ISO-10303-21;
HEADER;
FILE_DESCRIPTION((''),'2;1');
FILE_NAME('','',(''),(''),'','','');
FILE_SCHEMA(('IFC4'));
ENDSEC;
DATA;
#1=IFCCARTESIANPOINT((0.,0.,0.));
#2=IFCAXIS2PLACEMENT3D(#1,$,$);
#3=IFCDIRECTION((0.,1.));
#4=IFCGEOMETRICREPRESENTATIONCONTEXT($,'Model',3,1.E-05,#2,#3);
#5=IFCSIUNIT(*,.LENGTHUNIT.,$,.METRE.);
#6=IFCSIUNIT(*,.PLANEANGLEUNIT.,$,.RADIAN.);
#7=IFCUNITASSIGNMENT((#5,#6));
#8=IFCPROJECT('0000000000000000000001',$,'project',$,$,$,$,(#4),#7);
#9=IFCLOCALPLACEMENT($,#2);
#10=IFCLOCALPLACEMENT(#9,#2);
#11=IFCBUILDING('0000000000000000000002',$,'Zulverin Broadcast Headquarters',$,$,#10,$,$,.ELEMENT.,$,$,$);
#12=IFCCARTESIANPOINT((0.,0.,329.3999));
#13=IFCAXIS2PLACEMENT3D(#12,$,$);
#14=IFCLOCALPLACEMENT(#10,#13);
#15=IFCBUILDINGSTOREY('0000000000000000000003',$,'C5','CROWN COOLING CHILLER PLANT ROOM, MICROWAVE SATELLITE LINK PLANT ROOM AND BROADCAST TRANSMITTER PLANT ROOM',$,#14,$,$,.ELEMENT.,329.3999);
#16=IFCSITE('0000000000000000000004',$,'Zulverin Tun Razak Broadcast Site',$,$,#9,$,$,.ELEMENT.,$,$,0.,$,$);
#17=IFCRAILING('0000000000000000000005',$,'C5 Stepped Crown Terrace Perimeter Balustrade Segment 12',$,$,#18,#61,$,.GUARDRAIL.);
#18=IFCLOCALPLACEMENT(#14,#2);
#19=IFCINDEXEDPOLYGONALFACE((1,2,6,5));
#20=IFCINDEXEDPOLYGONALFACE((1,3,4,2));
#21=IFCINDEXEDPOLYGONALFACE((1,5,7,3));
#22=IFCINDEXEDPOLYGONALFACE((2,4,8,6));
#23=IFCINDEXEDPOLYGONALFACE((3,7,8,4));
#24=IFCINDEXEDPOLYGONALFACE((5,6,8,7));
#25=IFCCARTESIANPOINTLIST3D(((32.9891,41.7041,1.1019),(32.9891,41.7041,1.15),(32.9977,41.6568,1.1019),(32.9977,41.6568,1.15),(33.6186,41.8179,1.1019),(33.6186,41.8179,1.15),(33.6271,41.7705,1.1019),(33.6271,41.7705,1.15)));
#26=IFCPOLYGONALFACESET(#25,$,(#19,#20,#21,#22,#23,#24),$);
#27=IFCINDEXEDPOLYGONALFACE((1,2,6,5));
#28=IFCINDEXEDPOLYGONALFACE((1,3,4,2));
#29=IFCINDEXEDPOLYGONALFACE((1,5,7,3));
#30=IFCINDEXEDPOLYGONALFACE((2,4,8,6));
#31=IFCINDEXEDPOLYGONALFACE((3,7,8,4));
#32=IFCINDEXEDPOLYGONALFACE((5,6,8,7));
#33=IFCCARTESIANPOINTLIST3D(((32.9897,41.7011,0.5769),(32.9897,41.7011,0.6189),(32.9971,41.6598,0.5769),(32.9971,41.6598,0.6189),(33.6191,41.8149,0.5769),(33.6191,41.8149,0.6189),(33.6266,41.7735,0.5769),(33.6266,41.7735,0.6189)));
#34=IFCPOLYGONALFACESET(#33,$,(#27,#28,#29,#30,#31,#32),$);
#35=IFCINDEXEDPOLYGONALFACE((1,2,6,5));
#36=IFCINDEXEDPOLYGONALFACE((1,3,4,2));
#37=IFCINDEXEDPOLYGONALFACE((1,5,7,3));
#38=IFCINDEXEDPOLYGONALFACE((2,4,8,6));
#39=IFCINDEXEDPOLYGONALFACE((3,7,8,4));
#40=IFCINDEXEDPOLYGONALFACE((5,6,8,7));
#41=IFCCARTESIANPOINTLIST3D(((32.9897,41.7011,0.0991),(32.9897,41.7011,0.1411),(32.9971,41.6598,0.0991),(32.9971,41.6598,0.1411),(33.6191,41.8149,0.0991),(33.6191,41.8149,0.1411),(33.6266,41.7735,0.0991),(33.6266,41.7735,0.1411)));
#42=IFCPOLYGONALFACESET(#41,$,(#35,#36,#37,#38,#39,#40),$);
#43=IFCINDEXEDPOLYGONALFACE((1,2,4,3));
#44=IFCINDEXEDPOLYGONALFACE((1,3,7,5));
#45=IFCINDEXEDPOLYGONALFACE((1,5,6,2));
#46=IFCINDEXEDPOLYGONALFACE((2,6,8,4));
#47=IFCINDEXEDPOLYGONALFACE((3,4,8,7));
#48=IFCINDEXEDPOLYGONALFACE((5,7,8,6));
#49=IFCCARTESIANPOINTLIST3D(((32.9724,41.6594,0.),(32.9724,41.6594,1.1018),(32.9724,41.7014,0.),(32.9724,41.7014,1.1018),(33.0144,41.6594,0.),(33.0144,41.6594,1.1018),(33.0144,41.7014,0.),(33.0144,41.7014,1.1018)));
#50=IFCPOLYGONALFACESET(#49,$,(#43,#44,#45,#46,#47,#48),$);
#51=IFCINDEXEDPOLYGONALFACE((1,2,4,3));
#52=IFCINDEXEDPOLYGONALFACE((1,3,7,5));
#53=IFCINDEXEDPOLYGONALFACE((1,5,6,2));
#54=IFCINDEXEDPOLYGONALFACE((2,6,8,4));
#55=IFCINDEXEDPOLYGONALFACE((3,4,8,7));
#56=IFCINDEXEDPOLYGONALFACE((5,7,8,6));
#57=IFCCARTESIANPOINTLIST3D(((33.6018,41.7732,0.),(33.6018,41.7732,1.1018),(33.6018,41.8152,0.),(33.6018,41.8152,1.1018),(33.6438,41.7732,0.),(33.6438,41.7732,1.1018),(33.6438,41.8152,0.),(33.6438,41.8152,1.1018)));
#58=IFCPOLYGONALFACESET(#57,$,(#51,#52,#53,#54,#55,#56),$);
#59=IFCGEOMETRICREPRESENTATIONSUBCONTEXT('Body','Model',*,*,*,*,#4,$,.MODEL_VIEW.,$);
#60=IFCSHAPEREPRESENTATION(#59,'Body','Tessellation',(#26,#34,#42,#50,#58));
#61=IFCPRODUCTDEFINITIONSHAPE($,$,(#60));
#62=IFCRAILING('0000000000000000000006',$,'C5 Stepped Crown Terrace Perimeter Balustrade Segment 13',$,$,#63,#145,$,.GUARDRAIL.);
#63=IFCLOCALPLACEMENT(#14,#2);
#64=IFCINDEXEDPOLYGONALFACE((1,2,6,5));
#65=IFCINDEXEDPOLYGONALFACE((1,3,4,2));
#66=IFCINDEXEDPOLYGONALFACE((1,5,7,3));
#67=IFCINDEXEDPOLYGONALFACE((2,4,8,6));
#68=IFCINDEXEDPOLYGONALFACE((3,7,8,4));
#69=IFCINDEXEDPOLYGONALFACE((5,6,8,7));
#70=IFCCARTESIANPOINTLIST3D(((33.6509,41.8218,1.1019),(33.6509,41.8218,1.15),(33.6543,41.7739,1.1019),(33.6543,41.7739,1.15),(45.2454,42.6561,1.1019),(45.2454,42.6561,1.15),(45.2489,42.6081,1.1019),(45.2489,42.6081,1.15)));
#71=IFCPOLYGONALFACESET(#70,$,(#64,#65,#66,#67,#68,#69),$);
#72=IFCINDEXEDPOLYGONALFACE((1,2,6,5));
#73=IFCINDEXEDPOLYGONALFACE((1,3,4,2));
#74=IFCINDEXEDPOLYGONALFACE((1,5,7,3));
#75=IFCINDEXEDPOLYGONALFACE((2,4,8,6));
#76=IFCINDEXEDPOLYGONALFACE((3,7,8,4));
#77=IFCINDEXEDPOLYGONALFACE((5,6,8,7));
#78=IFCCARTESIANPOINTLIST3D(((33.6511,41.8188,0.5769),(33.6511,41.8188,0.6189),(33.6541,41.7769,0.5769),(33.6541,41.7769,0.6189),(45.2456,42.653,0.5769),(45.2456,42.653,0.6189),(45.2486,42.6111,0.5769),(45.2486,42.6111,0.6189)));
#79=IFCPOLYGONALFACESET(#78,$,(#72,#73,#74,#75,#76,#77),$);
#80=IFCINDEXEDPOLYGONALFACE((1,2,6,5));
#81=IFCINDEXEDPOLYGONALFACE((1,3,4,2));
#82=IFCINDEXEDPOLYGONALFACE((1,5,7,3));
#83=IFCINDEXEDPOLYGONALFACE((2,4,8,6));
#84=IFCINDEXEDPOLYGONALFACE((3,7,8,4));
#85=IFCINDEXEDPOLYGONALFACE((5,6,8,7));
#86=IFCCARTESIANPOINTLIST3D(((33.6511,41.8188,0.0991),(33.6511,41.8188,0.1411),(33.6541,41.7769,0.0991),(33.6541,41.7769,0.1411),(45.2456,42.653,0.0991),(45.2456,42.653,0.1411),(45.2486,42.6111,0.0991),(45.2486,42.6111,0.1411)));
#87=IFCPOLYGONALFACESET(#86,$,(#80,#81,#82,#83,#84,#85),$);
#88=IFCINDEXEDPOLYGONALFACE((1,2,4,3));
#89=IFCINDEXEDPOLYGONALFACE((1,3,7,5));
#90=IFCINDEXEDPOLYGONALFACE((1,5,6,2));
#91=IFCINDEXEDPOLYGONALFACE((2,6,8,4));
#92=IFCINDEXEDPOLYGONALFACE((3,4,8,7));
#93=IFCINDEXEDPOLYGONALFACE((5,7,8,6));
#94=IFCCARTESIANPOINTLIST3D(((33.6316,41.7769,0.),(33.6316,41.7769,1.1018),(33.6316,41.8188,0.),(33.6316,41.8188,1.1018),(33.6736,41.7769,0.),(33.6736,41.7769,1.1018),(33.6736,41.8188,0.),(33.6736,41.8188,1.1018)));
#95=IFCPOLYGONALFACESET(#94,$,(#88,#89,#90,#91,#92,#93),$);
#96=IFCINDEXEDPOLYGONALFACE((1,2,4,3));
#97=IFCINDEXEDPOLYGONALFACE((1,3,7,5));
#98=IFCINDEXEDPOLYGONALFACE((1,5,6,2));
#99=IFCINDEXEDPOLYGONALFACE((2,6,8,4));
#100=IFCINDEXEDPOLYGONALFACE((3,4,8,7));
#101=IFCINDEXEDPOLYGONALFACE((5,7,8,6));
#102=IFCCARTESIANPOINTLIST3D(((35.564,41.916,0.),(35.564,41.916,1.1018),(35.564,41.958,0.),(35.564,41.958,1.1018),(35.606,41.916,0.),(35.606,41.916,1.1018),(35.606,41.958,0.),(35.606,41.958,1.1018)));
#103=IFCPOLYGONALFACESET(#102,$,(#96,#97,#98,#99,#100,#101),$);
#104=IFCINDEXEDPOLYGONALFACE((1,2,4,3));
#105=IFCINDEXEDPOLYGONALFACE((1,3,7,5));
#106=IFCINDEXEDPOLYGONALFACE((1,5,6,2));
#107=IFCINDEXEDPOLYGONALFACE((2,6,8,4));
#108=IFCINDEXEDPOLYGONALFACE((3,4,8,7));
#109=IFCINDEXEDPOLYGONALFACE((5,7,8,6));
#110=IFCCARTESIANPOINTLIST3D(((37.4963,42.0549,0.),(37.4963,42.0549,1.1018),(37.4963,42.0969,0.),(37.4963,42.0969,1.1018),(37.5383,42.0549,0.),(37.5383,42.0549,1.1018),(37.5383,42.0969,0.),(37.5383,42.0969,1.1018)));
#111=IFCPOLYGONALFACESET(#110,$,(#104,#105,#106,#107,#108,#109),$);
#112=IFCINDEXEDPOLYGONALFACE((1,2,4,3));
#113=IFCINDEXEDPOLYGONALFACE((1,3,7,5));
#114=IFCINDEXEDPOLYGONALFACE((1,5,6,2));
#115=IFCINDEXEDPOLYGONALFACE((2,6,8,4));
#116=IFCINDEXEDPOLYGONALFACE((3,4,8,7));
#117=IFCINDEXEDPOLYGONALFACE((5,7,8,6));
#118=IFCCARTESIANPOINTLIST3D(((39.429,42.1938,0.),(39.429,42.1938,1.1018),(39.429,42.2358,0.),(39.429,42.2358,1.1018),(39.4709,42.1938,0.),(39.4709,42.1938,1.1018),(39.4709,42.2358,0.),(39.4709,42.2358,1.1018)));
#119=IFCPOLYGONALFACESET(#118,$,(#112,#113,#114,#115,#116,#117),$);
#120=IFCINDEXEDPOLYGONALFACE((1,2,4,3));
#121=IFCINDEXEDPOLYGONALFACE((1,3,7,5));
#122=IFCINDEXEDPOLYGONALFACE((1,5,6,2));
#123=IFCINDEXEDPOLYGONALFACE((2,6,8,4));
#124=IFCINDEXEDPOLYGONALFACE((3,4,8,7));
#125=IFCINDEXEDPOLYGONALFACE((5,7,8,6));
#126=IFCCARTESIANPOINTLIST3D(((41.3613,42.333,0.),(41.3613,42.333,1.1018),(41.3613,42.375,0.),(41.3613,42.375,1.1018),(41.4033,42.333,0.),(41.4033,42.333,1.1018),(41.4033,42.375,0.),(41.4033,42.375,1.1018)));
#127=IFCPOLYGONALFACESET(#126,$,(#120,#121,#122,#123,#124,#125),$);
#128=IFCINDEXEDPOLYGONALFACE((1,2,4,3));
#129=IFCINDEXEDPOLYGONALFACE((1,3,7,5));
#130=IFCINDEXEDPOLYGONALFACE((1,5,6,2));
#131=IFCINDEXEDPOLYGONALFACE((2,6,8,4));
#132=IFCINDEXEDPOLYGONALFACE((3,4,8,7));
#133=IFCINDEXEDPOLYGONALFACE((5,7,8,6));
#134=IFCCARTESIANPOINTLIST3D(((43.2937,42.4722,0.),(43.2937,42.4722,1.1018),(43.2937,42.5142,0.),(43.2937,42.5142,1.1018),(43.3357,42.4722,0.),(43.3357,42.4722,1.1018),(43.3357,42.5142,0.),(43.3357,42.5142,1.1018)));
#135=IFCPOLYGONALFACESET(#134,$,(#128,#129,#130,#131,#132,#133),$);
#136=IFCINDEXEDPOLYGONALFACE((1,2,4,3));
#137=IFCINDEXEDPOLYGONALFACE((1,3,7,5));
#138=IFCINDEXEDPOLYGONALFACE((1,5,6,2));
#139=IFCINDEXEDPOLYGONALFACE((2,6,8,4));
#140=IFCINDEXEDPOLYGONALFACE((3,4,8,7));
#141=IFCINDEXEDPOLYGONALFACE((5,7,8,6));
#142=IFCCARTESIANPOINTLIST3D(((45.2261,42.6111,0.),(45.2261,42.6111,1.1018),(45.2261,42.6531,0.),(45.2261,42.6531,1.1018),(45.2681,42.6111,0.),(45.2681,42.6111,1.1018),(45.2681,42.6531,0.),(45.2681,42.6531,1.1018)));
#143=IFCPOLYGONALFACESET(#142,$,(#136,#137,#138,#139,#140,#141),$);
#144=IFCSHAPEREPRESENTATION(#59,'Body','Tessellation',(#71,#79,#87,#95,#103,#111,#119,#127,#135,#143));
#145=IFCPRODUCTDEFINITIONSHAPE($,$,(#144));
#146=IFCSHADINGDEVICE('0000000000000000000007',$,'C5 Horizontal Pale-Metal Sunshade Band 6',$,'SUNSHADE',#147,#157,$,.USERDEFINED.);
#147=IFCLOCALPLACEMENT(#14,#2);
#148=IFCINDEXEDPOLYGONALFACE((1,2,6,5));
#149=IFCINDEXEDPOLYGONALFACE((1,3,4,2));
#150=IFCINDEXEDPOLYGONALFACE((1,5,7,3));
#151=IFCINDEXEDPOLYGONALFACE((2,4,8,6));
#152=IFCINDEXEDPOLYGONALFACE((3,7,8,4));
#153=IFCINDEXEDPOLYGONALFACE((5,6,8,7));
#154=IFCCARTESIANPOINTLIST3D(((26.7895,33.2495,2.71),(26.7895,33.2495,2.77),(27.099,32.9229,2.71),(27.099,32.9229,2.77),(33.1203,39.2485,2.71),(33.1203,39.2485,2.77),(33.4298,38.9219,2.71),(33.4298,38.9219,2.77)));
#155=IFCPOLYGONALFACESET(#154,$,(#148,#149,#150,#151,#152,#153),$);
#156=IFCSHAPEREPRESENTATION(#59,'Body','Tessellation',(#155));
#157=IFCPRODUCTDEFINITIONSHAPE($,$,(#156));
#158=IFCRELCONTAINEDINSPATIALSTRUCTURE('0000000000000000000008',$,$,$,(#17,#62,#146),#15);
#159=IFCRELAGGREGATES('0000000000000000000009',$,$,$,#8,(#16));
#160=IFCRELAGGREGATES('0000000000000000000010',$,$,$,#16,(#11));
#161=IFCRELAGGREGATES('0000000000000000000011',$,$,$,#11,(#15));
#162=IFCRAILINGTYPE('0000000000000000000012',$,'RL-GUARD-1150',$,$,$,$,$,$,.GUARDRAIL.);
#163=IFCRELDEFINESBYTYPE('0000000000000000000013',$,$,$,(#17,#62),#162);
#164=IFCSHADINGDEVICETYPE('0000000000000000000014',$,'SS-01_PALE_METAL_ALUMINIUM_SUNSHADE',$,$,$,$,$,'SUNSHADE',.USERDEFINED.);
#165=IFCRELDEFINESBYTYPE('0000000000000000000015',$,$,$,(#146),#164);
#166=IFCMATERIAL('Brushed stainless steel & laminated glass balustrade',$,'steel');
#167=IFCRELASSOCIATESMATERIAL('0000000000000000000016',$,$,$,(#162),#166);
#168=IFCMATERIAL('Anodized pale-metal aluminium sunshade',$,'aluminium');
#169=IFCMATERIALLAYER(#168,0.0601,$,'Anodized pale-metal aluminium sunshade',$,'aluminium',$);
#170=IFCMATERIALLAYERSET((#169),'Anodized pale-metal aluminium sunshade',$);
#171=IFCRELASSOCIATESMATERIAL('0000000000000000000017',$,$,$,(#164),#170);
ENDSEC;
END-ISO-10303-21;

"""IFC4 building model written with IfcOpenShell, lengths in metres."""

from ifc_helpers import new_model, si_unit, direction, frame, origin, origin_2d, place, context, subcontext, project, spatial, rectangle, extrude, material, layer, layer_set, type_object, element, save


model = new_model("IFC4")

# Units and contexts
model_context = context("Model", 3, precision=1e-05, world=origin(), true_north=direction((0.0, 1.0)))
body_context = subcontext(model_context, "Body", "Model", "MODEL_VIEW")
ifc_project = project(units=[si_unit("LENGTHUNIT", "METRE"), si_unit("PLANEANGLEUNIT", "RADIAN")], contexts=[model_context])

# Site, building, storey
site_placement = place(None, origin())
site = spatial("IfcSite", under=ifc_project, at=site_placement, Name="Zulverin Tun Razak Broadcast Site", CompositionType="ELEMENT", RefElevation=0.0)
building_placement = place(site_placement, origin())
building = spatial("IfcBuilding", under=site, at=building_placement, Name="Zulverin Broadcast Headquarters", CompositionType="ELEMENT")
storey_placement = place(building_placement, frame((0.0, 0.0, 329.3999)))
storey = spatial("IfcBuildingStorey", under=building, at=storey_placement, Name="C5", Description="CROWN COOLING CHILLER PLANT ROOM, MICROWAVE SATELLITE LINK PLANT ROOM AND BROADCAST TRANSMITTER PLANT ROOM", CompositionType="ELEMENT", Elevation=329.3999)

# Railings
ifc_material_1 = material(Name="Brushed stainless steel & laminated glass balustrade", Category="steel")
railing_type = type_object("IfcRailingType", Name="RL-GUARD-1150", PredefinedType="GUARDRAIL", material=ifc_material_1)
railing_1_placement = place(storey_placement, frame((32.9934, 41.6804, 0.0)))
element("IfcRailing", 1, at=railing_1_placement, inside=storey, type_object=railing_type, Name="C5 Stepped Crown Terrace Perimeter Balustrade Segment 12", PredefinedType="GUARDRAIL", context=body_context, shape_type="SweptSolid", body=[
    extrude(rectangle(XDim=0.0481, YDim=0.0481, at=origin_2d()), frame((0.0, 0.0, 1.126), z_axis=(0.984053, 0.177878, 0.0), x_axis=(-0.177878, 0.984053, 0.0)), (0.0, 0.0, 1.0), 0.6396),
    extrude(rectangle(XDim=0.042, YDim=0.042, at=origin_2d()), frame((0.0, 0.0, 0.5979), z_axis=(0.984053, 0.177878, 0.0), x_axis=(-0.177878, 0.984053, 0.0)), (0.0, 0.0, 1.0), 0.6396),
    extrude(rectangle(XDim=0.042, YDim=0.042, at=origin_2d()), frame((0.0, 0.0, 0.1201), z_axis=(0.984053, 0.177878, 0.0), x_axis=(-0.177878, 0.984053, 0.0)), (0.0, 0.0, 1.0), 0.6396),
    extrude(rectangle(XDim=0.042, YDim=0.042, at=origin_2d()), origin(), (0.0, 0.0, 1.0), 1.1018),
    extrude(rectangle(XDim=0.042, YDim=0.042, at=origin_2d()), frame((0.6294, 0.1138, 0.0)), (0.0, 0.0, 1.0), 1.1018),
])
railing_2_placement = place(storey_placement, frame((33.6526, 41.7979, 0.0)))
element("IfcRailing", 2, at=railing_2_placement, inside=storey, type_object=railing_type, Name="C5 Stepped Crown Terrace Perimeter Balustrade Segment 13", PredefinedType="GUARDRAIL", context=body_context, shape_type="SweptSolid", body=[
    extrude(rectangle(XDim=0.0481, YDim=0.0481, at=origin_2d()), frame((0.0, 0.0, 1.126), z_axis=(0.997422, 0.071765, 0.0), x_axis=(-0.071765, 0.997422, 0.0)), (0.0, 0.0, 1.0), 11.6245),
    extrude(rectangle(XDim=0.042, YDim=0.042, at=origin_2d()), frame((0.0, 0.0, 0.5979), z_axis=(0.997422, 0.071765, 0.0), x_axis=(-0.071765, 0.997422, 0.0)), (0.0, 0.0, 1.0), 11.6245),
    extrude(rectangle(XDim=0.042, YDim=0.042, at=origin_2d()), frame((0.0, 0.0, 0.1201), z_axis=(0.997422, 0.071765, 0.0), x_axis=(-0.071765, 0.997422, 0.0)), (0.0, 0.0, 1.0), 11.6245),
    extrude(rectangle(XDim=0.042, YDim=0.042, at=origin_2d()), origin(), (0.0, 0.0, 1.0), 1.1018),
    extrude(rectangle(XDim=0.042, YDim=0.042, at=origin_2d()), frame((1.9324, 0.1392, 0.0)), (0.0, 0.0, 1.0), 1.1018),
    extrude(rectangle(XDim=0.042, YDim=0.042, at=origin_2d()), frame((3.8647, 0.2781, 0.0)), (0.0, 0.0, 1.0), 1.1018),
    extrude(rectangle(XDim=0.042, YDim=0.042, at=origin_2d()), frame((5.7974, 0.417, 0.0)), (0.0, 0.0, 1.0), 1.1018),
    extrude(rectangle(XDim=0.042, YDim=0.042, at=origin_2d()), frame((7.7297, 0.5562, 0.0)), (0.0, 0.0, 1.0), 1.1018),
    extrude(rectangle(XDim=0.042, YDim=0.042, at=origin_2d()), frame((9.6621, 0.6953, 0.0)), (0.0, 0.0, 1.0), 1.1018),
    extrude(rectangle(XDim=0.042, YDim=0.042, at=origin_2d()), frame((11.5945, 0.8342, 0.0)), (0.0, 0.0, 1.0), 1.1018),
])

# Shading device
ifc_material_2 = material(Name="Anodized pale-metal aluminium sunshade", Category="aluminium")
ifc_layer_1 = layer(ifc_material_2, 0.0601, Name="Anodized pale-metal aluminium sunshade", Category="aluminium")
ifc_layer_set_1 = layer_set([ifc_layer_1], Name="Anodized pale-metal aluminium sunshade")
shading_device_type = type_object("IfcShadingDeviceType", Name="SS-01_PALE_METAL_ALUMINIUM_SUNSHADE", ElementType="SUNSHADE", PredefinedType="USERDEFINED", material=ifc_layer_set_1)
shading_device_placement = place(storey_placement, frame((30.1096, 36.0857, 2.71), z_axis=(0.0, 0.0, 1.0), x_axis=(-0.725872, -0.68783, 0.0)))
element("IfcShadingDevice", 3, at=shading_device_placement, inside=storey, type_object=shading_device_type, Name="C5 Horizontal Pale-Metal Sunshade Band 6", ObjectType="SUNSHADE", PredefinedType="USERDEFINED", context=body_context, shape_type="SweptSolid", body=[
    extrude(rectangle(XDim=8.7217, YDim=0.45, at=origin_2d()), origin(), (0.0, 0.0, 1.0), 0.0601),
])

save(model, "model.ifc")
